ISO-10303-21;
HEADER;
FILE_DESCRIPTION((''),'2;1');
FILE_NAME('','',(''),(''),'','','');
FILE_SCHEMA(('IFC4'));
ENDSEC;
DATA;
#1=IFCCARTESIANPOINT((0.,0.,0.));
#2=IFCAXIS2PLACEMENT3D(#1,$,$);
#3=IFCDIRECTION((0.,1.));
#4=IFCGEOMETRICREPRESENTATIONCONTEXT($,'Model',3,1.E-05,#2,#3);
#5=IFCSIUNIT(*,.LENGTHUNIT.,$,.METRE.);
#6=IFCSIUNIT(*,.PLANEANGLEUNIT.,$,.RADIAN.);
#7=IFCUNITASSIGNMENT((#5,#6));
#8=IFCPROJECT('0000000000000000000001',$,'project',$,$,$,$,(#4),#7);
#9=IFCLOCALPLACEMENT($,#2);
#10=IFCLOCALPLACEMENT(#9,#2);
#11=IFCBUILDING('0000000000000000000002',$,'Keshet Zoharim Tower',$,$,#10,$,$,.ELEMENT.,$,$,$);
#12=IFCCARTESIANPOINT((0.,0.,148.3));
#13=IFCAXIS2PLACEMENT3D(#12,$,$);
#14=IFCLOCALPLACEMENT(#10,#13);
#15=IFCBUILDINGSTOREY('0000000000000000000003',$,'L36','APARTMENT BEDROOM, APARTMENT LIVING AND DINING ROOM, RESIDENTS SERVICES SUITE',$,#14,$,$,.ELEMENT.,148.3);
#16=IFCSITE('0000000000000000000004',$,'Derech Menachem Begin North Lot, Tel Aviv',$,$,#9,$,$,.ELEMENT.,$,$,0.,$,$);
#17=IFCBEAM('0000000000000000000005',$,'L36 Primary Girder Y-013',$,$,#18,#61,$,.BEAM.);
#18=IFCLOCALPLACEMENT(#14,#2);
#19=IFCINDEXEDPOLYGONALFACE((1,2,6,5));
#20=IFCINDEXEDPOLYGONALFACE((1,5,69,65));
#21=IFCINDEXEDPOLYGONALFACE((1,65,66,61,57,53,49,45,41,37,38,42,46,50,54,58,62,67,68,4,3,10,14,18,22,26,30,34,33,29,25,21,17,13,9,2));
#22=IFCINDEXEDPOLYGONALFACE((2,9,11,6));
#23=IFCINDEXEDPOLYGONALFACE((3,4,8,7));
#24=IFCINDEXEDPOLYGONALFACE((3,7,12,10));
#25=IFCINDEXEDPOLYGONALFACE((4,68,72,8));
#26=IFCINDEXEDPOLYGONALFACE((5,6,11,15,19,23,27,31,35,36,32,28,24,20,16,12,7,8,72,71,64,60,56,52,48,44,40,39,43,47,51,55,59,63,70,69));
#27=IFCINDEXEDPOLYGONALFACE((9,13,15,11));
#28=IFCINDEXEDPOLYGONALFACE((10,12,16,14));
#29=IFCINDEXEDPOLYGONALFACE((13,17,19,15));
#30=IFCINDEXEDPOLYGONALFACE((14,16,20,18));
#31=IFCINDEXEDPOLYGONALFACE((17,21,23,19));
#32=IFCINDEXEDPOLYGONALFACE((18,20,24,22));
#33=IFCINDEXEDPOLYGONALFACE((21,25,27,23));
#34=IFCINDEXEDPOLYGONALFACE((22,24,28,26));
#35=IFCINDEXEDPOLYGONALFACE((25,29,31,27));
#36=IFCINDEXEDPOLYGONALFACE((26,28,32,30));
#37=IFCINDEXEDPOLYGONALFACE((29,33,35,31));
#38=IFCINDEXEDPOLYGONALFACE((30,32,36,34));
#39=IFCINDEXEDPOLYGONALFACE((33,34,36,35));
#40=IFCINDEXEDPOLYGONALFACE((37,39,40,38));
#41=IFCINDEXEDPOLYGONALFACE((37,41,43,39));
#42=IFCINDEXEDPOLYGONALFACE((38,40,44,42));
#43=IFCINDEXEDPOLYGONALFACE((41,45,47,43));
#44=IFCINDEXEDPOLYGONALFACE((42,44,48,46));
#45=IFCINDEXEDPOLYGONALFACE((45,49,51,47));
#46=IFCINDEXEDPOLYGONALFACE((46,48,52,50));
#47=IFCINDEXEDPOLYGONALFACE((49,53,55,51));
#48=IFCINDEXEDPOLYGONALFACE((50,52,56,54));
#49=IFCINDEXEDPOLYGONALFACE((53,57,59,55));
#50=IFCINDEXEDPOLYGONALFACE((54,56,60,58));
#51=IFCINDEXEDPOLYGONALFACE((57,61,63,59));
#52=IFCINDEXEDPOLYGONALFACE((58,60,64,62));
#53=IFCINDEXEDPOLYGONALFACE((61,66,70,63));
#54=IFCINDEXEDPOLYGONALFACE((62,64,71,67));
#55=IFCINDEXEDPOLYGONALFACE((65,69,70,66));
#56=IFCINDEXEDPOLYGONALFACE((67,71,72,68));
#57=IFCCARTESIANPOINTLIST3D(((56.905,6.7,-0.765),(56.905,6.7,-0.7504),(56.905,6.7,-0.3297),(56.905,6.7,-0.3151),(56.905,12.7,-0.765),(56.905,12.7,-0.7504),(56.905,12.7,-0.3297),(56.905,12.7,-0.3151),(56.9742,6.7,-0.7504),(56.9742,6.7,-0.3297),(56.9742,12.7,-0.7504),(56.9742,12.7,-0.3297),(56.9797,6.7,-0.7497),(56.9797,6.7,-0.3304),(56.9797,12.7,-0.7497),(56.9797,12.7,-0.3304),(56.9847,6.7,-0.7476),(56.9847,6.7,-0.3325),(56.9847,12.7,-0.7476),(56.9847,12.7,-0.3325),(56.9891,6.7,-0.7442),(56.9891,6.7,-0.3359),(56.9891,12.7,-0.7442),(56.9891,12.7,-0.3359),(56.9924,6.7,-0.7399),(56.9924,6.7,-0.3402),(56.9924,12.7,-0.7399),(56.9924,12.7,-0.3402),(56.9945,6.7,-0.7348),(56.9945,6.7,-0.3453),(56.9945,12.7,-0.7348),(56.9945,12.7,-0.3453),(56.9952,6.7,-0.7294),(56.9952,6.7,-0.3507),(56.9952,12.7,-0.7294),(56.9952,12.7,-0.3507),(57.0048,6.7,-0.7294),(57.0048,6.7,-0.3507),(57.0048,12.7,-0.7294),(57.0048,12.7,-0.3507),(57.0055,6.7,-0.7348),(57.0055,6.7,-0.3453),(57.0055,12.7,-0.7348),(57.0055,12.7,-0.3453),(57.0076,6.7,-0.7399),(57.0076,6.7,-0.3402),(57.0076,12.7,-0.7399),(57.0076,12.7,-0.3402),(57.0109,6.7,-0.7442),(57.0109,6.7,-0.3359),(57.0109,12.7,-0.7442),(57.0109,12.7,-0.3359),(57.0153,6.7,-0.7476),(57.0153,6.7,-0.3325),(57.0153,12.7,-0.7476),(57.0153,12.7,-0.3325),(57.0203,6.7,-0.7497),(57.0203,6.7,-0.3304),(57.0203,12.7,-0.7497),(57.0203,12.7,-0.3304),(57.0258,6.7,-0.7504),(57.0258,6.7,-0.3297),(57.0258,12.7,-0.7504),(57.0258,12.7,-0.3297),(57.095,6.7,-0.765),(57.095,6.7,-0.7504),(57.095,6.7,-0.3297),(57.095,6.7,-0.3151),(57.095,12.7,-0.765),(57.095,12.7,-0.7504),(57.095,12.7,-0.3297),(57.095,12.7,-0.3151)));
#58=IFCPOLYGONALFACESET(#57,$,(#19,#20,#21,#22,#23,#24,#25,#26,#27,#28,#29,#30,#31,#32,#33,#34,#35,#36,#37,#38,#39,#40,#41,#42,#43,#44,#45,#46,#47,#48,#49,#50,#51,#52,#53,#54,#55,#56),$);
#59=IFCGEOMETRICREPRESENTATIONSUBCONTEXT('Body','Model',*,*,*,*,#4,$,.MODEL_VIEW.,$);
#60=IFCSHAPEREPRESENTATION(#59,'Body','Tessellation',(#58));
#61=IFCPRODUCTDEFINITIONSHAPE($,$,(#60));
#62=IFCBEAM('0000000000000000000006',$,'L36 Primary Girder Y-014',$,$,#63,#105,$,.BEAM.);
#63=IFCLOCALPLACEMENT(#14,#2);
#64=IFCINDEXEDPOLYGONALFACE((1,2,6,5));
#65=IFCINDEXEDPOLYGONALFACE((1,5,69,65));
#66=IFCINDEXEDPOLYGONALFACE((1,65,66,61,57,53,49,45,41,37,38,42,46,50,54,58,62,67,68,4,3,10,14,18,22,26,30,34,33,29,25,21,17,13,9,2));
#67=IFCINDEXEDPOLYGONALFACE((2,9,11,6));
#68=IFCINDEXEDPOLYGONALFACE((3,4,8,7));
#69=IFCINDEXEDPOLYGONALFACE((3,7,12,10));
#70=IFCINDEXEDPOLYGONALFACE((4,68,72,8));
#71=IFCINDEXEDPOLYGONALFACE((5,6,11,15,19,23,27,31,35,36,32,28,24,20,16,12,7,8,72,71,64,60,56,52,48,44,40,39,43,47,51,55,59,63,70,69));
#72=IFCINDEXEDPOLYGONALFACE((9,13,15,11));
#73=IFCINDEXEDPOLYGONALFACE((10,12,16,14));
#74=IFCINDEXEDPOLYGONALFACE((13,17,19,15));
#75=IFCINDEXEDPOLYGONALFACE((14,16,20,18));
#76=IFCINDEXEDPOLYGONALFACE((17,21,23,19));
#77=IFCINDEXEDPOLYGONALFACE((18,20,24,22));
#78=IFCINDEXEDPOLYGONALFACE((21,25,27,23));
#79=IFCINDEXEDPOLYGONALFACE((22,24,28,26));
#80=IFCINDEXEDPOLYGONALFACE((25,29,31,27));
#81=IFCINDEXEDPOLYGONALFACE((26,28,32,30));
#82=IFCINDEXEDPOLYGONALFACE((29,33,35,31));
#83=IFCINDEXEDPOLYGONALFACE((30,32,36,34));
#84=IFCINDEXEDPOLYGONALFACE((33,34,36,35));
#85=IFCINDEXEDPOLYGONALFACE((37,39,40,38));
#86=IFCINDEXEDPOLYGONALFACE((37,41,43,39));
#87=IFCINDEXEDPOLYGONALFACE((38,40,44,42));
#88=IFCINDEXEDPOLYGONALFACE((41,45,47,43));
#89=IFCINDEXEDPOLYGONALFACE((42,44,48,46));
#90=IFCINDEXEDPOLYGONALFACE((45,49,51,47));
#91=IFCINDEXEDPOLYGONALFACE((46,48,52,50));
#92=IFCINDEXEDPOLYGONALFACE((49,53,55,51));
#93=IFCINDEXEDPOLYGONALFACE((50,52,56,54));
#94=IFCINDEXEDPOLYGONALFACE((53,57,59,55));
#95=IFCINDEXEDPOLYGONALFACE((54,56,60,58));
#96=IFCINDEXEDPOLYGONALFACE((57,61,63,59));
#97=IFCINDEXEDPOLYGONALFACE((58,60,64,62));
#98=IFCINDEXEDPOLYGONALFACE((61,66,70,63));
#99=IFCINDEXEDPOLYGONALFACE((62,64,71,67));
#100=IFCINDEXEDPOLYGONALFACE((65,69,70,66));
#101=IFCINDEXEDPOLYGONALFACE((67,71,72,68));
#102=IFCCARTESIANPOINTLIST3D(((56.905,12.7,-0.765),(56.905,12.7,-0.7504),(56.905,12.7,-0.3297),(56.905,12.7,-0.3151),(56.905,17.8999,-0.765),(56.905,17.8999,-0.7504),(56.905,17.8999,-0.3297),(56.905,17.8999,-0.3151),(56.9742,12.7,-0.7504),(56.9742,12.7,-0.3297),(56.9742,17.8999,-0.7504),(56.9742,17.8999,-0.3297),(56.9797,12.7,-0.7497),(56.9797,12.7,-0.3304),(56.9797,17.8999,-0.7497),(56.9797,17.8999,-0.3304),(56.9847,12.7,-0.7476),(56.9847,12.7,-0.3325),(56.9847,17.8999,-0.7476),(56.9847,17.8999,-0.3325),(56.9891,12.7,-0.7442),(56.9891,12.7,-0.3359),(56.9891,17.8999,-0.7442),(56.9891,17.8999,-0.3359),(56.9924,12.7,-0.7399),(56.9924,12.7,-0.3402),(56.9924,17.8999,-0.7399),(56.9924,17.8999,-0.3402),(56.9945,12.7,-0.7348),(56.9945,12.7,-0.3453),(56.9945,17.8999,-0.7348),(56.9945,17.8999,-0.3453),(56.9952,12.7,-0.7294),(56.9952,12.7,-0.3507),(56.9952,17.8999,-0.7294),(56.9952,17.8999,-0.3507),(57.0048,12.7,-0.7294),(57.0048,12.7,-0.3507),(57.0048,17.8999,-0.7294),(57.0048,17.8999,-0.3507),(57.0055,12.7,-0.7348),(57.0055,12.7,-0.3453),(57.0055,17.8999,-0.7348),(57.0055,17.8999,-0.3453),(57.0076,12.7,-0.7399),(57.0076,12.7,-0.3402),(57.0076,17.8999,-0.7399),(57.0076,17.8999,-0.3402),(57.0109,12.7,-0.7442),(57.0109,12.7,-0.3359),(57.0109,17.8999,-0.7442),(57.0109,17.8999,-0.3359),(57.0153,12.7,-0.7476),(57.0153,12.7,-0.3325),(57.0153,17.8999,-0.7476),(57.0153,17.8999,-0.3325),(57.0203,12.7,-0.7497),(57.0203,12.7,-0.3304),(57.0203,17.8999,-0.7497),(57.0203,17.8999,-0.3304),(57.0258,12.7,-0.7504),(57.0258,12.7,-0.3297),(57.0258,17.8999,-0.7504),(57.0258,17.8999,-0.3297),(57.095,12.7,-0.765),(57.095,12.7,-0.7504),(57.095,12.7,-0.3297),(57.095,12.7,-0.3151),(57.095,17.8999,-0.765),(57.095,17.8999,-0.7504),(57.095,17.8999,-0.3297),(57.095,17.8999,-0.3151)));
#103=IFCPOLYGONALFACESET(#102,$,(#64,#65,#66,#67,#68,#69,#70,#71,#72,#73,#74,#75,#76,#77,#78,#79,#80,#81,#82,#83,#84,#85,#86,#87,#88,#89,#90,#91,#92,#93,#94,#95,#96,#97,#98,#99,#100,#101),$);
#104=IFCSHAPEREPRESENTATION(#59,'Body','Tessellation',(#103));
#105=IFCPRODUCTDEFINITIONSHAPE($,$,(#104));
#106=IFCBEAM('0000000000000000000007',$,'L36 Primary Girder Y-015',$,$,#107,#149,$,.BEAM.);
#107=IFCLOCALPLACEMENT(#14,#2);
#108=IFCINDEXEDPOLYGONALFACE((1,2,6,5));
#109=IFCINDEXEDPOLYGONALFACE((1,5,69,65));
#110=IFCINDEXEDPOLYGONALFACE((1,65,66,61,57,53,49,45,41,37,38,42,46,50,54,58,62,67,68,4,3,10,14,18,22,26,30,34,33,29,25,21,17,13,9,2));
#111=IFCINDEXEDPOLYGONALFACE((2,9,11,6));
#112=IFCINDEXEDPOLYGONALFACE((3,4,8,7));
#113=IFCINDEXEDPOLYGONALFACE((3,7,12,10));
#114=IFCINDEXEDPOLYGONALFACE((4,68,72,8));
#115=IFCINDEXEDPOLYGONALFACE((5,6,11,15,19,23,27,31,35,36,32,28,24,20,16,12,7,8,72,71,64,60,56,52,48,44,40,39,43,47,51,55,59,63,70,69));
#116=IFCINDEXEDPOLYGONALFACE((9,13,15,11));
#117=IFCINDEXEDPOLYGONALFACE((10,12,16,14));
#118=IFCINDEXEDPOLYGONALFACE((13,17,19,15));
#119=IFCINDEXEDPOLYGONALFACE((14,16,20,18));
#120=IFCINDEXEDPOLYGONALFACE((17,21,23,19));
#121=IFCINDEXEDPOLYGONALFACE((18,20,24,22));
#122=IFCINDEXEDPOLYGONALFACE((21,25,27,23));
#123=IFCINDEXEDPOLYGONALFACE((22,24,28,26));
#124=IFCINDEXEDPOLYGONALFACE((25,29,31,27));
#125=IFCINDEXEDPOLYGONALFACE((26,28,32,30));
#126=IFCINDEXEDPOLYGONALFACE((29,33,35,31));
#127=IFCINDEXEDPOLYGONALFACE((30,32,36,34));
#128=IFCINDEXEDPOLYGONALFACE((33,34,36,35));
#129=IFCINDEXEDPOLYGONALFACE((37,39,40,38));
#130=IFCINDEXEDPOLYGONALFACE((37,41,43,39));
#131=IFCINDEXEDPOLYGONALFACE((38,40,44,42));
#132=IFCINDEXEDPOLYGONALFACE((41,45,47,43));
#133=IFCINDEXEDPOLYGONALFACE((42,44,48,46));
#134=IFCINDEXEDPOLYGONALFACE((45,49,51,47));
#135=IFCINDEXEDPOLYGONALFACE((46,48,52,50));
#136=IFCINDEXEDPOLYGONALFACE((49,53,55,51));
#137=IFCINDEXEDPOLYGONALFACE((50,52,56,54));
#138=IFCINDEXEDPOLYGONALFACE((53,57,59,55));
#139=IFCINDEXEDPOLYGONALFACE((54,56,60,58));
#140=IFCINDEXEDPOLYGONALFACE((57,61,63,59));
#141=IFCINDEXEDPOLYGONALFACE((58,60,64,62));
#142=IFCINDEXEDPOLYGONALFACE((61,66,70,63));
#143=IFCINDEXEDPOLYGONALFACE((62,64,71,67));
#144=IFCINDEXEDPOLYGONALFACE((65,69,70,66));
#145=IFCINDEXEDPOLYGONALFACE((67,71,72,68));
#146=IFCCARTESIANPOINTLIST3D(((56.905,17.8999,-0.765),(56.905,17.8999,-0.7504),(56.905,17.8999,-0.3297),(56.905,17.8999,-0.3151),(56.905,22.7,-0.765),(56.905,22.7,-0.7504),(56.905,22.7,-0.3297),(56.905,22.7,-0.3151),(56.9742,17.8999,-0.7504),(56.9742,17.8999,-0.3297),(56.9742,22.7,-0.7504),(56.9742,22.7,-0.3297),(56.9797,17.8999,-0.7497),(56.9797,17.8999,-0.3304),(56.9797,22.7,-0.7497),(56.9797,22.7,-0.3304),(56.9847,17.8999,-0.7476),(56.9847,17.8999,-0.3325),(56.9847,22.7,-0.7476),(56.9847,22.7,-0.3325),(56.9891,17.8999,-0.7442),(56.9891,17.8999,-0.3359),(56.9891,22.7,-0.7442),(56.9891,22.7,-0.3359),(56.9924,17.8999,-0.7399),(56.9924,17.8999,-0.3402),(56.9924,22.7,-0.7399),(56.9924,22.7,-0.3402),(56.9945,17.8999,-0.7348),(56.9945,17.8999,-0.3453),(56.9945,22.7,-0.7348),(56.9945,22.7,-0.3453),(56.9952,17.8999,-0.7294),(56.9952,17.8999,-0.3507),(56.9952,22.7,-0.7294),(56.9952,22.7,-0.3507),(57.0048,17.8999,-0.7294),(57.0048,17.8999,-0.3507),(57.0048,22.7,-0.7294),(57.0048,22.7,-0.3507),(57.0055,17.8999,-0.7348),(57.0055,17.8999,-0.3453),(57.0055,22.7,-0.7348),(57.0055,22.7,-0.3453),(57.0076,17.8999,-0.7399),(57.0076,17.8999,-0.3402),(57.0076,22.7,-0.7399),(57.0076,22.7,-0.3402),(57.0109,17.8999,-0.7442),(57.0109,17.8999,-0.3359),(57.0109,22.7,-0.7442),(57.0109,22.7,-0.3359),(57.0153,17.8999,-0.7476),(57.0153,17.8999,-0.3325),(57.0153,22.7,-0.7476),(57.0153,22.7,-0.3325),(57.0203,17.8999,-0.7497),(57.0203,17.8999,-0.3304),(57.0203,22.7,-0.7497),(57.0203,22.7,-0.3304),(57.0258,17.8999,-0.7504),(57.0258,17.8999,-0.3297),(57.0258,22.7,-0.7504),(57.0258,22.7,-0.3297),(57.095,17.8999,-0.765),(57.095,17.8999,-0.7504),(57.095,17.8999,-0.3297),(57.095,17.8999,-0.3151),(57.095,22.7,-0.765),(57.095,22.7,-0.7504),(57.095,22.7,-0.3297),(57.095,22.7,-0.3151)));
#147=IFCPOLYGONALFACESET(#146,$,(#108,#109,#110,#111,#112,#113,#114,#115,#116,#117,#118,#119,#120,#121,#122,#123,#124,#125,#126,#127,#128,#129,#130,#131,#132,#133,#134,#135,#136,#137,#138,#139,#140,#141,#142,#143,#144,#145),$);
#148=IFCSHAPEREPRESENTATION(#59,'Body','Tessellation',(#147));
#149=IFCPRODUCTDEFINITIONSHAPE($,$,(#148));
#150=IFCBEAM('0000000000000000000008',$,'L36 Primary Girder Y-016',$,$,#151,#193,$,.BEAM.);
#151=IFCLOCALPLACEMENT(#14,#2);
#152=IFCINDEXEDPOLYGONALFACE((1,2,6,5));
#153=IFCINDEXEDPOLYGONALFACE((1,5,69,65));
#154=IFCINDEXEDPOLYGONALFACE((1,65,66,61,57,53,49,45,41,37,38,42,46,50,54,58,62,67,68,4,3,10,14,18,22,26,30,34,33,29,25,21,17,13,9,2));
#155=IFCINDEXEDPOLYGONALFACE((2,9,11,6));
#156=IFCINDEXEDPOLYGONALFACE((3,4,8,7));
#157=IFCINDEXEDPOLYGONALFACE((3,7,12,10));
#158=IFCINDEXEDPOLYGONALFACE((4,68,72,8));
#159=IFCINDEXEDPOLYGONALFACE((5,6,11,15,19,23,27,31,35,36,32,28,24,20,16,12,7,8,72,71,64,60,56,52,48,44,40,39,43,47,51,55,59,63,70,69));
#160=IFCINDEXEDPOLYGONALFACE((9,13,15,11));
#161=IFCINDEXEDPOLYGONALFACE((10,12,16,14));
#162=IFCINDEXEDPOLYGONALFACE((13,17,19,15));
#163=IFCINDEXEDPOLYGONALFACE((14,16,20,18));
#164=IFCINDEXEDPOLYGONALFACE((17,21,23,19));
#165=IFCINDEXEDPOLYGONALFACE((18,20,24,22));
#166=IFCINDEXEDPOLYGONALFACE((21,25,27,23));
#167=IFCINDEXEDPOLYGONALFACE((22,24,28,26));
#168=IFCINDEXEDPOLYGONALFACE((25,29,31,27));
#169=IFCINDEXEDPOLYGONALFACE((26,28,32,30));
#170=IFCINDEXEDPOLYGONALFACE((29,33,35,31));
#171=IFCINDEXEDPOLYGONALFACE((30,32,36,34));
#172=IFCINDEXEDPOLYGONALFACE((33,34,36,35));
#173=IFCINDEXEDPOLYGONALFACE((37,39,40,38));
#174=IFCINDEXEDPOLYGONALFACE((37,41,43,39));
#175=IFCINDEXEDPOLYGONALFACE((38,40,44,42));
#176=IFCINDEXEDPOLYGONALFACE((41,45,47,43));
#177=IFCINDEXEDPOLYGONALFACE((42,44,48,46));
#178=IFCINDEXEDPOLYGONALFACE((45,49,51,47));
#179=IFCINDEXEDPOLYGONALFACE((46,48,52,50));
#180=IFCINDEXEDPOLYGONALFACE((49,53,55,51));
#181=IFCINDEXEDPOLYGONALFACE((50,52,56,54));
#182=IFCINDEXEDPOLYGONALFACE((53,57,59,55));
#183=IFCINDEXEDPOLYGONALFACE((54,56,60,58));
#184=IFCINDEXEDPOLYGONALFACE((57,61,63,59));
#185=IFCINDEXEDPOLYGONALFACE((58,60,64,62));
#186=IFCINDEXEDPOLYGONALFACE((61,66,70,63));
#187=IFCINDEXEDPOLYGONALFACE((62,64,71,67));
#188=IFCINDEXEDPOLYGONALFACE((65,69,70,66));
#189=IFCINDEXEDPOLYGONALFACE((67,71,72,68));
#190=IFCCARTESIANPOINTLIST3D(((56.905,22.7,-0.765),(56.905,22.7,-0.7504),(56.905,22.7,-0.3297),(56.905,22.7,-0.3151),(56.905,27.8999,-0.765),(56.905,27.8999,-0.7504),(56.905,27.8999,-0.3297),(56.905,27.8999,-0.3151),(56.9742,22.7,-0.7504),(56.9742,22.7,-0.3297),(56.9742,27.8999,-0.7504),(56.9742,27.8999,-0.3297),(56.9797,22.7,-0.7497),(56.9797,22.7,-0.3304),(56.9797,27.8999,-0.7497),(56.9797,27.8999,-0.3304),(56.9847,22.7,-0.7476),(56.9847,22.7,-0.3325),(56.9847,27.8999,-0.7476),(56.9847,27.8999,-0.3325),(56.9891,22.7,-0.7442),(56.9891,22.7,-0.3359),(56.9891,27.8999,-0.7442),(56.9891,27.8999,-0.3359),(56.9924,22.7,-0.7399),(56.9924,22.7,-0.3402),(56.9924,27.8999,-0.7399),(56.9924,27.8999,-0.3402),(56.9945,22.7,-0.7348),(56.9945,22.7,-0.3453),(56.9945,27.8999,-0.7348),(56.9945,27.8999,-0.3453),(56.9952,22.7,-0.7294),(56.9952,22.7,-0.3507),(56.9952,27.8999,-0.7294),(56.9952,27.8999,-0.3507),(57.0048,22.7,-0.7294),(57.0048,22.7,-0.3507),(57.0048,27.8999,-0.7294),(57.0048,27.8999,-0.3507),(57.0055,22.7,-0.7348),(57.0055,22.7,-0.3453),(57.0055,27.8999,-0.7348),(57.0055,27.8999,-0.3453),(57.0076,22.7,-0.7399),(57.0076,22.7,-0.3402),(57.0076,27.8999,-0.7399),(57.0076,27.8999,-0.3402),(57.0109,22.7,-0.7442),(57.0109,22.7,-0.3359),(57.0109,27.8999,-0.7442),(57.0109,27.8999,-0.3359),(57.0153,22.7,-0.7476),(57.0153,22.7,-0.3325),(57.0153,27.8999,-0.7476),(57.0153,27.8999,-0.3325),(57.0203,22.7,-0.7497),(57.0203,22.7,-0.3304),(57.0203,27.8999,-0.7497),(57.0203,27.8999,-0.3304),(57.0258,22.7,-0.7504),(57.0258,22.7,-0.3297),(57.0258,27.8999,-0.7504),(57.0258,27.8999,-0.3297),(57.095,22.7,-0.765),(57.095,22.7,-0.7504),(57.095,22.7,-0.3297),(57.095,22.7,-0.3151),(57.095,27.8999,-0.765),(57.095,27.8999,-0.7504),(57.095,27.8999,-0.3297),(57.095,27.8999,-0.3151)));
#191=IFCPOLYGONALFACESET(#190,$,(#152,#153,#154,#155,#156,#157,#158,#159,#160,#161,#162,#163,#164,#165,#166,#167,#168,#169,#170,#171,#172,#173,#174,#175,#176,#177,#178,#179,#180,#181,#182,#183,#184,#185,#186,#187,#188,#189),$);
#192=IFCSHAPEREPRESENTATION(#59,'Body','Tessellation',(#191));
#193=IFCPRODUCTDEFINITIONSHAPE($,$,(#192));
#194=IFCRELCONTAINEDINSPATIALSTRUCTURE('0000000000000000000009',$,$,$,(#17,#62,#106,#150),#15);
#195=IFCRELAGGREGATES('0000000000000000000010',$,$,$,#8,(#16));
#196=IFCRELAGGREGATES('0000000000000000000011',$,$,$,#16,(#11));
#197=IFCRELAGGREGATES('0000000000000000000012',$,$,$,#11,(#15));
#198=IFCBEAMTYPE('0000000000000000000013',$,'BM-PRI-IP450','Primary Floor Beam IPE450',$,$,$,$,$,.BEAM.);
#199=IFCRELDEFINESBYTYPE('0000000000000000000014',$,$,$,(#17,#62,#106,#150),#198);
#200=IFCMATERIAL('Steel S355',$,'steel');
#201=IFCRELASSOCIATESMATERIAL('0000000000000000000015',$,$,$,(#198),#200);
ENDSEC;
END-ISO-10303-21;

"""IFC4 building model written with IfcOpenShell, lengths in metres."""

from ifc_helpers import new_model, si_unit, direction, frame, origin, origin_2d, place, context, subcontext, project, spatial, i_section, extrude, material, material_profile, profile_set, type_object, element, save


model = new_model("IFC4")

# Units and contexts
model_context = context("Model", 3, precision=1e-05, world=origin(), true_north=direction((0.0, 1.0)))
body_context = subcontext(model_context, "Body", "Model", "MODEL_VIEW")
ifc_project = project(units=[si_unit("LENGTHUNIT", "METRE"), si_unit("PLANEANGLEUNIT", "RADIAN")], contexts=[model_context])

# Site, building, storey
site_placement = place(None, origin())
site = spatial("IfcSite", under=ifc_project, at=site_placement, Name="Derech Menachem Begin North Lot, Tel Aviv", CompositionType="ELEMENT", RefElevation=0.0)
building_placement = place(site_placement, origin())
building = spatial("IfcBuilding", under=site, at=building_placement, Name="Keshet Zoharim Tower", CompositionType="ELEMENT")
storey_placement = place(building_placement, frame((0.0, 0.0, 148.3)))
storey = spatial("IfcBuildingStorey", under=building, at=storey_placement, Name="L36", Description="APARTMENT BEDROOM, APARTMENT LIVING AND DINING ROOM, RESIDENTS SERVICES SUITE", CompositionType="ELEMENT", Elevation=148.3)

# Shared definitions
ifc_material_1 = material(Name="Steel S355", Category="steel")

# Beams
ifc_material_profile_1 = material_profile(ifc_material_1, i_section(OverallWidth=0.1899, OverallDepth=0.45, WebThickness=0.0095, FlangeThickness=0.0146, FilletRadius=0.021, at=origin_2d()), Name="IPE450")
ifc_profile_set_1 = profile_set([ifc_material_profile_1], Name="Steel S355")
beam_type = type_object("IfcBeamType", Name="BM-PRI-IP450", Description="Primary Floor Beam IPE450", PredefinedType="BEAM", material=ifc_profile_set_1)
beam_1_placement = place(storey_placement, frame((57.0, 6.7, -0.54), z_axis=(0.0, 1.0, 0.0), x_axis=(-1.0, 0.0, 0.0)))
element("IfcBeam", 1, at=beam_1_placement, inside=storey, type_object=beam_type, Name="L36 Primary Girder Y-013", PredefinedType="BEAM", context=body_context, shape_type="SweptSolid", body=[
    extrude(i_section(OverallWidth=0.1899, OverallDepth=0.45, WebThickness=0.0095, FlangeThickness=0.0146, FilletRadius=0.021, at=origin_2d()), origin(), (0.0, 0.0, 1.0), 6.0),
])
beam_2_placement = place(storey_placement, frame((57.0, 12.7, -0.54), z_axis=(0.0, 1.0, 0.0), x_axis=(-1.0, 0.0, 0.0)))
element("IfcBeam", 2, at=beam_2_placement, inside=storey, type_object=beam_type, Name="L36 Primary Girder Y-014", PredefinedType="BEAM", context=body_context, shape_type="SweptSolid", body=[
    extrude(i_section(OverallWidth=0.1899, OverallDepth=0.45, WebThickness=0.0095, FlangeThickness=0.0146, FilletRadius=0.021, at=origin_2d()), origin(), (0.0, 0.0, 1.0), 5.2),
])
beam_3_placement = place(storey_placement, frame((57.0, 17.8999, -0.54), z_axis=(0.0, 1.0, 0.0), x_axis=(-1.0, 0.0, 0.0)))
element("IfcBeam", 3, at=beam_3_placement, inside=storey, type_object=beam_type, Name="L36 Primary Girder Y-015", PredefinedType="BEAM", context=body_context, shape_type="SweptSolid", body=[
    extrude(i_section(OverallWidth=0.1899, OverallDepth=0.45, WebThickness=0.0095, FlangeThickness=0.0146, FilletRadius=0.021, at=origin_2d()), origin(), (0.0, 0.0, 1.0), 4.8),
])
beam_4_placement = place(storey_placement, frame((57.0, 22.7, -0.54), z_axis=(0.0, 1.0, 0.0), x_axis=(-1.0, 0.0, 0.0)))
element("IfcBeam", 4, at=beam_4_placement, inside=storey, type_object=beam_type, Name="L36 Primary Girder Y-016", PredefinedType="BEAM", context=body_context, shape_type="SweptSolid", body=[
    extrude(i_section(OverallWidth=0.1899, OverallDepth=0.45, WebThickness=0.0095, FlangeThickness=0.0146, FilletRadius=0.021, at=origin_2d()), origin(), (0.0, 0.0, 1.0), 5.2),
])

save(model, "model.ifc")
